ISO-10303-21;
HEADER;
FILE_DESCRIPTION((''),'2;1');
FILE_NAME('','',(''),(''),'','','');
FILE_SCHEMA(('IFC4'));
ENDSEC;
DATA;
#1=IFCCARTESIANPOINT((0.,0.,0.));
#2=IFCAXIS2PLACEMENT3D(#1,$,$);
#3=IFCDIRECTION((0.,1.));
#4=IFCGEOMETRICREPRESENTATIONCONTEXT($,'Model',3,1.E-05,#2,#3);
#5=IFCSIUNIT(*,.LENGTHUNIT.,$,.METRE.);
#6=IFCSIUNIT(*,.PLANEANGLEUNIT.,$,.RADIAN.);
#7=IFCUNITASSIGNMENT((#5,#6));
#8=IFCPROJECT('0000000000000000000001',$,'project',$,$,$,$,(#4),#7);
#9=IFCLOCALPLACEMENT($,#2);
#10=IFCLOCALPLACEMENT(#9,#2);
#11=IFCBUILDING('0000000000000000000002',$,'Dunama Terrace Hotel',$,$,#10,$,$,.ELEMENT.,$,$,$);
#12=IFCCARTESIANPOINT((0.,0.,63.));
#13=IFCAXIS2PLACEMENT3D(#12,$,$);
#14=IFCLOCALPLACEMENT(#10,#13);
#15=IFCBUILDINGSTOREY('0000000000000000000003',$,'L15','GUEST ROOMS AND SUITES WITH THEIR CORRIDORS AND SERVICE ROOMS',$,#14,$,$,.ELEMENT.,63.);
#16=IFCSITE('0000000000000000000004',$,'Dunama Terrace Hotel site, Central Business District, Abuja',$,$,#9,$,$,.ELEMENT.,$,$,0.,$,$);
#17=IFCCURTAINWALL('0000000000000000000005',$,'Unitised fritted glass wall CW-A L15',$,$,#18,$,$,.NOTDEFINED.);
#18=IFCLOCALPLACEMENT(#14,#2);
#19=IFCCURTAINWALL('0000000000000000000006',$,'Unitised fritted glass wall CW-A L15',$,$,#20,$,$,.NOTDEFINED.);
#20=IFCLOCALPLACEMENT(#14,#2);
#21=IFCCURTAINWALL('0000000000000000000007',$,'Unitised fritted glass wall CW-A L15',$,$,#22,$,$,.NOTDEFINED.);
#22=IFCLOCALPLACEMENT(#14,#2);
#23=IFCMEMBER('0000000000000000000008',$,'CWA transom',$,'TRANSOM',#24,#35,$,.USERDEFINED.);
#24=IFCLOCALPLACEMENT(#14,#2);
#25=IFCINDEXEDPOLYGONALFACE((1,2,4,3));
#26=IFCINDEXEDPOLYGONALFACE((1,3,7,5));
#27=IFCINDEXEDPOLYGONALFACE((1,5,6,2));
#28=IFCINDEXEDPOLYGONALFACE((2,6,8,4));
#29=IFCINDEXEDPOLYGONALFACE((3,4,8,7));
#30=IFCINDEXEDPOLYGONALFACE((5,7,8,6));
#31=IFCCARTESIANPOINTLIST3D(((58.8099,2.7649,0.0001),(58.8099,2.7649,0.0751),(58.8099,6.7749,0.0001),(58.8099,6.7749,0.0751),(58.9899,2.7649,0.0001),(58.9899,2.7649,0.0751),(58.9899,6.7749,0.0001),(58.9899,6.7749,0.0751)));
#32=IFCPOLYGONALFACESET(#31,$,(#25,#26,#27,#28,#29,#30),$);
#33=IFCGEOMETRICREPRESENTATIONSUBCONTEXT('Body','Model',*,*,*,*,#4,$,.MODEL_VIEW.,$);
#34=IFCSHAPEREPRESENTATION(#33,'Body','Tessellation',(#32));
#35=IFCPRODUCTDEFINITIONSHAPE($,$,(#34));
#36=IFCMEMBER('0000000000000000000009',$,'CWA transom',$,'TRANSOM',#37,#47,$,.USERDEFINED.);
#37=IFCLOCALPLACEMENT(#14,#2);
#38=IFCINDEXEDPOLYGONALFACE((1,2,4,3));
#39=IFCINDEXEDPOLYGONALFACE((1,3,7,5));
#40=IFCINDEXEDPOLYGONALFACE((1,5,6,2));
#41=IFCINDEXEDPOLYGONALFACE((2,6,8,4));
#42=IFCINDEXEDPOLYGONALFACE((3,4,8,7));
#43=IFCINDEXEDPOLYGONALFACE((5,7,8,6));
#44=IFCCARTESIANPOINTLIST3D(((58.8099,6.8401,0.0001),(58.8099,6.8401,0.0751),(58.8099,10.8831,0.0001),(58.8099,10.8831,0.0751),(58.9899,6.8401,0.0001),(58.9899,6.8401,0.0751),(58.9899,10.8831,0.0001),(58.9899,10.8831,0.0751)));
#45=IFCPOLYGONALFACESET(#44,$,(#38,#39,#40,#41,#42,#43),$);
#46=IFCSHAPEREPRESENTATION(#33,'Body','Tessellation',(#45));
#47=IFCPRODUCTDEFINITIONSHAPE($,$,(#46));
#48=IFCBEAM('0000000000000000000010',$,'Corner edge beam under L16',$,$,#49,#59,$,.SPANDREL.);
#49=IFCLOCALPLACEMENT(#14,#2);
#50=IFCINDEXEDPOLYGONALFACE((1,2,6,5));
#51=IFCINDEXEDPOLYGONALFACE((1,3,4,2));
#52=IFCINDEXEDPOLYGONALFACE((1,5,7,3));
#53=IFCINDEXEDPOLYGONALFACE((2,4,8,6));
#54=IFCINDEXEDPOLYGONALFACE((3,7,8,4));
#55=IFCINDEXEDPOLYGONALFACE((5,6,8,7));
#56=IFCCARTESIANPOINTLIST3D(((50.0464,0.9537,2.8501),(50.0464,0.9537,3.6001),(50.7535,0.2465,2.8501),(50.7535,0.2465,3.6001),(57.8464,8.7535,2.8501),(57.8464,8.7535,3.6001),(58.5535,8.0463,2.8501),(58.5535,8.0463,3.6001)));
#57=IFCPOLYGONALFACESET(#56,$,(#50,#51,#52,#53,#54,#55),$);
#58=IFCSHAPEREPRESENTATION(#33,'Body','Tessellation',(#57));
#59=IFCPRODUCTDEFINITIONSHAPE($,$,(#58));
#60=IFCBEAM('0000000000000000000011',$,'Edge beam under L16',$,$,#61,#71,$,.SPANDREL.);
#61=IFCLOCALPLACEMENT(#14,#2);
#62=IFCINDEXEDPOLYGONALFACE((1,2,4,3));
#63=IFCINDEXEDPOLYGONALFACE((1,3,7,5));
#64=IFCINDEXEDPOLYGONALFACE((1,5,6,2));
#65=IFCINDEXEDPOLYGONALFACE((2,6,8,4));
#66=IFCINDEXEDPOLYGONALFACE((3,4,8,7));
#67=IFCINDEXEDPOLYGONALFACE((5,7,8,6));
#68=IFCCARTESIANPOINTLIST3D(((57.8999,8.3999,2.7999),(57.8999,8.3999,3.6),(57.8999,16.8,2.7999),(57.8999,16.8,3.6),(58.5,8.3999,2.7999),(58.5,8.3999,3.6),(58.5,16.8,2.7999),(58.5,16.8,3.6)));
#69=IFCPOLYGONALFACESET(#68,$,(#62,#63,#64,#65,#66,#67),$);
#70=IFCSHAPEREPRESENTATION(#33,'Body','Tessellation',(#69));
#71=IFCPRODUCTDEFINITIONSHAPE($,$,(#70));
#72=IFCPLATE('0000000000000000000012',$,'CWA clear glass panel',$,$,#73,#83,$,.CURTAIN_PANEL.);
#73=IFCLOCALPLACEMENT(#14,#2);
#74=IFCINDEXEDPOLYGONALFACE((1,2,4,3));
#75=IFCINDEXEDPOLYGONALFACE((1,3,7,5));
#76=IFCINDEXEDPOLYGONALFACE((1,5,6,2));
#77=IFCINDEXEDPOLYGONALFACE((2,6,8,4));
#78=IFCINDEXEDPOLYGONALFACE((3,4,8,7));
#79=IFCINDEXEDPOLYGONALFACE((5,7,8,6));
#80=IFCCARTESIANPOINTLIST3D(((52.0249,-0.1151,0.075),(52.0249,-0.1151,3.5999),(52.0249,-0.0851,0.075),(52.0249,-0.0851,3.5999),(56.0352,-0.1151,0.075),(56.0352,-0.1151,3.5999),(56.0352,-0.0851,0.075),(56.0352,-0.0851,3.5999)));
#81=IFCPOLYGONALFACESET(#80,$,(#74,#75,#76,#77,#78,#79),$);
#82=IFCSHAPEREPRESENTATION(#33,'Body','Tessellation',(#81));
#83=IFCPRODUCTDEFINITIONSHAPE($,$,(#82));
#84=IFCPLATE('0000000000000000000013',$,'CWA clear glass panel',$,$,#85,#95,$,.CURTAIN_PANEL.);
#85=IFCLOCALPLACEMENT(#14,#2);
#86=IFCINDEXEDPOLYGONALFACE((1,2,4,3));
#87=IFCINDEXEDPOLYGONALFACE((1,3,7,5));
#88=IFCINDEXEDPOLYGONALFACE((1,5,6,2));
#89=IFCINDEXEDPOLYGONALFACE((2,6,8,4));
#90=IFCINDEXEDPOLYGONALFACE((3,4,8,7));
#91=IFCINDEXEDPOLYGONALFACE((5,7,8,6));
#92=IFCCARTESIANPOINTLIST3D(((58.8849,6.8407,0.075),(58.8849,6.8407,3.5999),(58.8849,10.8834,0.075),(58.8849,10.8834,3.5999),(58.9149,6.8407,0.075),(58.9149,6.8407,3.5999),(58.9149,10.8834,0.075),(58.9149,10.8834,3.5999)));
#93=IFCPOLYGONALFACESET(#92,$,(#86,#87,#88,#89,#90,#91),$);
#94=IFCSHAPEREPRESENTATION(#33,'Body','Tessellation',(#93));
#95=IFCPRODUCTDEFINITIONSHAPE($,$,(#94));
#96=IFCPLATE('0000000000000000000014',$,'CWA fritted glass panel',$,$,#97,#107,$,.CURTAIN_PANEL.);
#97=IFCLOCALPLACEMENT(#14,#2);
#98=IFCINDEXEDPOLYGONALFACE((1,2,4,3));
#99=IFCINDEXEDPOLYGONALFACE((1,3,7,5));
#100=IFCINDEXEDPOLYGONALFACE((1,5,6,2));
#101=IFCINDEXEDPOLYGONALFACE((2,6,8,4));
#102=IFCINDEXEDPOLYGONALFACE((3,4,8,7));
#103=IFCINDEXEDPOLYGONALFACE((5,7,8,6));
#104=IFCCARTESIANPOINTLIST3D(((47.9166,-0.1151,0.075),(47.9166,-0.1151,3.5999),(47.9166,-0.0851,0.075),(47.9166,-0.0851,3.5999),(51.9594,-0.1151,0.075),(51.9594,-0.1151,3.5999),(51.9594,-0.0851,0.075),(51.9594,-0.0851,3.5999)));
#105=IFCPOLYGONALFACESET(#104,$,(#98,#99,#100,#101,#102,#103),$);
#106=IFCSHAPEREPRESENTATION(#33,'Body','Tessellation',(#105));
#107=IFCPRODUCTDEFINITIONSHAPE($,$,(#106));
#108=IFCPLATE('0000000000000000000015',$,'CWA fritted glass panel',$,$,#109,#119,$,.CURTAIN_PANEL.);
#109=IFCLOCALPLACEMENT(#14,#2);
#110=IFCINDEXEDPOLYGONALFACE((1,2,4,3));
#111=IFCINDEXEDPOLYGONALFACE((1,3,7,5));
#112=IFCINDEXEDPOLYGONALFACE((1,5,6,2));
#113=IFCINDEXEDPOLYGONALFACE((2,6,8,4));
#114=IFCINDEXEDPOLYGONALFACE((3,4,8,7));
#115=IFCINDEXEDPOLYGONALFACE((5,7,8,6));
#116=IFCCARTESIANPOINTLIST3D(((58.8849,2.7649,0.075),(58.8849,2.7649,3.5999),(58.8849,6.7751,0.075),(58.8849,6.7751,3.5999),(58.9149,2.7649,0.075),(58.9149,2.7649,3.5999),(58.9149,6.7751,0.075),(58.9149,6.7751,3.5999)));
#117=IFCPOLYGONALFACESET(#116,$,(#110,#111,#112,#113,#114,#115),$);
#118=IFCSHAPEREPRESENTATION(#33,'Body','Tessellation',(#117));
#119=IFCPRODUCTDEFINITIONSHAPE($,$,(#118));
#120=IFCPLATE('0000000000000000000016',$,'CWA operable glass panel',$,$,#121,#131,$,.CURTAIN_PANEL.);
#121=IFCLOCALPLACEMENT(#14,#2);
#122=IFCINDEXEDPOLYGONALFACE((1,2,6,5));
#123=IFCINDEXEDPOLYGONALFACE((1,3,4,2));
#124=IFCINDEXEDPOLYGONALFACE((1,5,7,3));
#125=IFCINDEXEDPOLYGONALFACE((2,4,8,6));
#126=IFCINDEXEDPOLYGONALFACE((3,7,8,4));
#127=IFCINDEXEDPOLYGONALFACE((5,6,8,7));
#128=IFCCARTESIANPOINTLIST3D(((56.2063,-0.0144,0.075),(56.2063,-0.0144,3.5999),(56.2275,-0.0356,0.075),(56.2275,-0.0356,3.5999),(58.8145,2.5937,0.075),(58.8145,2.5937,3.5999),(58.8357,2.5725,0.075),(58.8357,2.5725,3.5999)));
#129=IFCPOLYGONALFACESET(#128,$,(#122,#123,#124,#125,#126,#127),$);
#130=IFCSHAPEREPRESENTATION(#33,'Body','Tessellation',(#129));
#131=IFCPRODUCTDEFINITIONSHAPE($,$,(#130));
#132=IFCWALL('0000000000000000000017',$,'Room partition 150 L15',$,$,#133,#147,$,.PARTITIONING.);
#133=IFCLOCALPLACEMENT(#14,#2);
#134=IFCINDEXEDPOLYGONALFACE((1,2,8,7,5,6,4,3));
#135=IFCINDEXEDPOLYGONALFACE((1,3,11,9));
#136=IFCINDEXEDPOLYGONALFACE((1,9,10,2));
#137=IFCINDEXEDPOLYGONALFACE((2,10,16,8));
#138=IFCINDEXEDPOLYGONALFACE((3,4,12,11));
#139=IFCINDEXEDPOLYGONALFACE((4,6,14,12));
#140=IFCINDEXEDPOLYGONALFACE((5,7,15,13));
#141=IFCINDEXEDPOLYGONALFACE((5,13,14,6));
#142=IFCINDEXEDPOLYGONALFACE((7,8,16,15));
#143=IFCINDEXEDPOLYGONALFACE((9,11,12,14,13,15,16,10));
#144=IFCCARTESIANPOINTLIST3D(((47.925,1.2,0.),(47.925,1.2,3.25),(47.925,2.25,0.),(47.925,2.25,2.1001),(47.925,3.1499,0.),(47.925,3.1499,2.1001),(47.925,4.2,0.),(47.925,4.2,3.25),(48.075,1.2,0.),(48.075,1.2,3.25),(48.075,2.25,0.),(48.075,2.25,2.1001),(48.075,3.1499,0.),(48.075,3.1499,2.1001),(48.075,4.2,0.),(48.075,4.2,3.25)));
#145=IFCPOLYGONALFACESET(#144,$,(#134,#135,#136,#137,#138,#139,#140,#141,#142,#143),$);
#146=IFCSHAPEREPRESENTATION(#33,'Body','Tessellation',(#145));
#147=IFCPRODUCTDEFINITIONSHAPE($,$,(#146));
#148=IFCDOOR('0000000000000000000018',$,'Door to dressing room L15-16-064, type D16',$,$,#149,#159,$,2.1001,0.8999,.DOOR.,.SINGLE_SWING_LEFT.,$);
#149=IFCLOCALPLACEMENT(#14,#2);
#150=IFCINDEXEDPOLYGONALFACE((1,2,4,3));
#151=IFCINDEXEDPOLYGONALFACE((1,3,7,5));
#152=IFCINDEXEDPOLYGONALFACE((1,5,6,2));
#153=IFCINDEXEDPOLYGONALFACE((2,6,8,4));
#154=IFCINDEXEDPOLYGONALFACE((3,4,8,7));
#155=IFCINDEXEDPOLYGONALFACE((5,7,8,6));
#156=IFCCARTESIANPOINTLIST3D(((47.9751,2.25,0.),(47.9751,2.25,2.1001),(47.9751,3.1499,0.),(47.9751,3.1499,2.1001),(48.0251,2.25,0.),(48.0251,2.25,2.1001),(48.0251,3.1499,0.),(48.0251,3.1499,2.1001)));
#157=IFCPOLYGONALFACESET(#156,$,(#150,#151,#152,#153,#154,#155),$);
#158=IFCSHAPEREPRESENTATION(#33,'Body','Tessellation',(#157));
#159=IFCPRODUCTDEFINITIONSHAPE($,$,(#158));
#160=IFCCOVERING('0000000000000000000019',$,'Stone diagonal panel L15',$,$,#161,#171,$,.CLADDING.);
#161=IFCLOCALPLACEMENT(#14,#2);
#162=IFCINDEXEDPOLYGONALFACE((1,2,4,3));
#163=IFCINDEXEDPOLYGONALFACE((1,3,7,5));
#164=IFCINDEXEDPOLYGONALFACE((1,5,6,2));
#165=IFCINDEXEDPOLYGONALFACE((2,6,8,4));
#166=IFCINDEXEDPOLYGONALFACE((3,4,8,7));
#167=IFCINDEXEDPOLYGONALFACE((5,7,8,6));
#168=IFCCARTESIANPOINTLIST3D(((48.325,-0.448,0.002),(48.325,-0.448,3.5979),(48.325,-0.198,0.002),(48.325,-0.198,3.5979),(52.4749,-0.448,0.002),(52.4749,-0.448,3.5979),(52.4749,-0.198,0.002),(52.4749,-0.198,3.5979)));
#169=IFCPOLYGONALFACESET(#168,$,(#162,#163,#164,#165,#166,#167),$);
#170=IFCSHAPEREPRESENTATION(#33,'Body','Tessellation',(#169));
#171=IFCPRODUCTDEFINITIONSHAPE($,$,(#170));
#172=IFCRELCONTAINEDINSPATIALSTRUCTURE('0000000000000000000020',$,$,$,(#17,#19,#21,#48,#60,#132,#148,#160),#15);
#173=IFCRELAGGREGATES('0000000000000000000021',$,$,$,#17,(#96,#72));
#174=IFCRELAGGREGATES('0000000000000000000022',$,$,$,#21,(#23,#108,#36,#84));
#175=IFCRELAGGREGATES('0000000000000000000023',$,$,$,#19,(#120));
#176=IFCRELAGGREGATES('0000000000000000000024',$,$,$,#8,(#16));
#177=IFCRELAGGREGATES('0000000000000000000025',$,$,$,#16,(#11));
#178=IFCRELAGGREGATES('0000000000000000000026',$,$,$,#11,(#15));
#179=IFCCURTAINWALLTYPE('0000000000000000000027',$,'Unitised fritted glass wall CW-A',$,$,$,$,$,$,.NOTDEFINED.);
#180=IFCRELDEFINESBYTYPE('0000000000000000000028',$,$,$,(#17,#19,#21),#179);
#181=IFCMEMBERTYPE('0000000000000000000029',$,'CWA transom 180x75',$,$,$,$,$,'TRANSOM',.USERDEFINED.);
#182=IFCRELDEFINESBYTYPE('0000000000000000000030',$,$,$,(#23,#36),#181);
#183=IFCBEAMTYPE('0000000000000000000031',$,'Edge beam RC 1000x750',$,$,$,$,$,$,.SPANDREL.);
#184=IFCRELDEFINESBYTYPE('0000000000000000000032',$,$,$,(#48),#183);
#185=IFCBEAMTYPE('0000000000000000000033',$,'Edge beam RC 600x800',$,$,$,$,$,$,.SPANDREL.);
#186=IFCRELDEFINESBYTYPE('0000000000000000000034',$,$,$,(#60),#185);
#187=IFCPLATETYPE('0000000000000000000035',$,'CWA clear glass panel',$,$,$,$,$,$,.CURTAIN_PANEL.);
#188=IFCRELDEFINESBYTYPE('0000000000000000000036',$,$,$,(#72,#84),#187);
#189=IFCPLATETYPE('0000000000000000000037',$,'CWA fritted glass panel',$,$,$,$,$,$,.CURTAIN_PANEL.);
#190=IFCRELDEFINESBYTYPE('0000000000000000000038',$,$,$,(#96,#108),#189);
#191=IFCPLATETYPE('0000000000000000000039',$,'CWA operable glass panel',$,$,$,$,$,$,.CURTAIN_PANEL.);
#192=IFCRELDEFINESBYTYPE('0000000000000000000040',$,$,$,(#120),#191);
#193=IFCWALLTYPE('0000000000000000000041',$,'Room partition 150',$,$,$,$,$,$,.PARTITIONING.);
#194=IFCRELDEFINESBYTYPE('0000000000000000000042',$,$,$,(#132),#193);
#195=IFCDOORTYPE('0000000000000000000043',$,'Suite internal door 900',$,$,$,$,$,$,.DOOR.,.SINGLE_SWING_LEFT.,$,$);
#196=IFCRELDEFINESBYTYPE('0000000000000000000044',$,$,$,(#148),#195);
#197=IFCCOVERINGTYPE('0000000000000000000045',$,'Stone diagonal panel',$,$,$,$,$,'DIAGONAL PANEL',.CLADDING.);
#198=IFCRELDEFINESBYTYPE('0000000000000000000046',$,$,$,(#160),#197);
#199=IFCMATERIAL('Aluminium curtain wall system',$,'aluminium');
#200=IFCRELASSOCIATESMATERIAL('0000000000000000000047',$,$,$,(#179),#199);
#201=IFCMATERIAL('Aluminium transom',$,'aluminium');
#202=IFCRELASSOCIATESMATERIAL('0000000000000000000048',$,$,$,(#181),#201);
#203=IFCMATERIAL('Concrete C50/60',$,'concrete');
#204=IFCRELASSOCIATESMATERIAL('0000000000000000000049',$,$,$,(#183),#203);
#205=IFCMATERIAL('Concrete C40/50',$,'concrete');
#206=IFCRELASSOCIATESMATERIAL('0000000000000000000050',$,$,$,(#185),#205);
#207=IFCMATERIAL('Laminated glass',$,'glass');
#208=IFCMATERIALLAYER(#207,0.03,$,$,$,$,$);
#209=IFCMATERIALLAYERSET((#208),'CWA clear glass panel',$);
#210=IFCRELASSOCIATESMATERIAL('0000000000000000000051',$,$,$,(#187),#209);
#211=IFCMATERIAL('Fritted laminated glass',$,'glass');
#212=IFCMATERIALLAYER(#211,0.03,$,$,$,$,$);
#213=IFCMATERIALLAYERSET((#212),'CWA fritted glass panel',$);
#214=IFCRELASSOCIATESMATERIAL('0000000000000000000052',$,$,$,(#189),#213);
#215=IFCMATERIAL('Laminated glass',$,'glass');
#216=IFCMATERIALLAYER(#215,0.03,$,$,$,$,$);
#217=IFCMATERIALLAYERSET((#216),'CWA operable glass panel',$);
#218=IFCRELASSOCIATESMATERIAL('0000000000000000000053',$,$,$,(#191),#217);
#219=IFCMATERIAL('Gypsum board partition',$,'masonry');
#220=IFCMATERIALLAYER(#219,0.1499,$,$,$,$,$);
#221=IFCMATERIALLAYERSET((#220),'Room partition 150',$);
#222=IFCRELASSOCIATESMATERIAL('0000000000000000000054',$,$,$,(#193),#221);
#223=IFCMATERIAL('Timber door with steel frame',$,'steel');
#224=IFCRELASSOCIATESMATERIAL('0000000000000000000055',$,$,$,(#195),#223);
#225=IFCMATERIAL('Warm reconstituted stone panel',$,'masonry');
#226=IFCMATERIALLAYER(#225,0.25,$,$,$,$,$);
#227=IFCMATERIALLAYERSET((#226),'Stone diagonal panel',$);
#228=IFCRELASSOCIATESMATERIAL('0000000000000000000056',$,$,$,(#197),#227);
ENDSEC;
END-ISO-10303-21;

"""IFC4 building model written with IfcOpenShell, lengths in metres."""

from ifc_helpers import new_model, si_unit, direction, frame, frame_2d, origin, origin_2d, place, context, subcontext, project, spatial, rectangle, extrude, material, layer, layer_set, material_profile, profile_set, type_object, element, fill, aggregate, save


model = new_model("IFC4")

# Units and contexts
model_context = context("Model", 3, precision=1e-05, world=origin(), true_north=direction((0.0, 1.0)))
body_context = subcontext(model_context, "Body", "Model", "MODEL_VIEW")
ifc_project = project(units=[si_unit("LENGTHUNIT", "METRE"), si_unit("PLANEANGLEUNIT", "RADIAN")], contexts=[model_context])

# Site, building, storey
site_placement = place(None, origin())
site = spatial("IfcSite", under=ifc_project, at=site_placement, Name="Dunama Terrace Hotel site, Central Business District, Abuja", CompositionType="ELEMENT", RefElevation=0.0)
building_placement = place(site_placement, origin())
building = spatial("IfcBuilding", under=site, at=building_placement, Name="Dunama Terrace Hotel", CompositionType="ELEMENT")
storey_placement = place(building_placement, frame((0.0, 0.0, 63.0)))
storey = spatial("IfcBuildingStorey", under=building, at=storey_placement, Name="L15", Description="GUEST ROOMS AND SUITES WITH THEIR CORRIDORS AND SERVICE ROOMS", CompositionType="ELEMENT", Elevation=63.0)

# Curtain walls
ifc_material_1 = material(Name="Aluminium curtain wall system", Category="aluminium")
curtain_wall_type = type_object("IfcCurtainWallType", Name="Unitised fritted glass wall CW-A", PredefinedType="NOTDEFINED", material=ifc_material_1)
curtain_wall_1_placement = place(storey_placement, origin())
curtain_wall_1 = element("IfcCurtainWall", 1, at=curtain_wall_1_placement, inside=storey, type_object=curtain_wall_type, Name="Unitised fritted glass wall CW-A L15", PredefinedType="NOTDEFINED")
curtain_wall_2_placement = place(storey_placement, origin())
curtain_wall_2 = element("IfcCurtainWall", 2, at=curtain_wall_2_placement, inside=storey, type_object=curtain_wall_type, Name="Unitised fritted glass wall CW-A L15", PredefinedType="NOTDEFINED")
curtain_wall_3_placement = place(storey_placement, origin())
curtain_wall_3 = element("IfcCurtainWall", 3, at=curtain_wall_3_placement, inside=storey, type_object=curtain_wall_type, Name="Unitised fritted glass wall CW-A L15", PredefinedType="NOTDEFINED")

# Members
ifc_material_2 = material(Name="Aluminium transom", Category="aluminium")
ifc_material_profile_1 = material_profile(ifc_material_2, rectangle(XDim=0.1799, YDim=0.075, at=origin_2d()), Name="CWA TRANSOM 180X75")
ifc_profile_set_1 = profile_set([ifc_material_profile_1], Name="Aluminium transom")
member_type_1 = type_object("IfcMemberType", Name="CWA transom 180x75", ElementType="TRANSOM", PredefinedType="USERDEFINED", material=ifc_profile_set_1)
member_1_placement = place(storey_placement, frame((58.8999, 2.7649, 0.0376), z_axis=(0.0, 1.0, 0.0), x_axis=(-1.0, 0.0, 0.0)))
member_1 = element("IfcMember", 4, at=member_1_placement, type_object=member_type_1, Name="CWA transom", ObjectType="TRANSOM", PredefinedType="USERDEFINED", context=body_context, shape_type="SweptSolid", body=[
    extrude(rectangle(XDim=0.1799, YDim=0.075, at=origin_2d()), origin(), (0.0, 0.0, 1.0), 4.01),
])
member_2_placement = place(storey_placement, frame((58.8999, 6.8401, 0.0376), z_axis=(0.0, 1.0, 0.0), x_axis=(-1.0, 0.0, 0.0)))
member_2 = element("IfcMember", 5, at=member_2_placement, type_object=member_type_1, Name="CWA transom", ObjectType="TRANSOM", PredefinedType="USERDEFINED", context=body_context, shape_type="SweptSolid", body=[
    extrude(rectangle(XDim=0.1799, YDim=0.075, at=origin_2d()), origin(), (0.0, 0.0, 1.0), 4.043),
])

# Beams
ifc_material_3 = material(Name="Concrete C50/60", Category="concrete")
ifc_material_profile_2 = material_profile(ifc_material_3, rectangle(XDim=1.0, YDim=0.75, at=origin_2d()), Name="RC 1000x750")
ifc_profile_set_2 = profile_set([ifc_material_profile_2], Name="Concrete C50/60")
beam_type_1 = type_object("IfcBeamType", Name="Edge beam RC 1000x750", PredefinedType="SPANDREL", material=ifc_profile_set_2)
beam_1_placement = place(storey_placement, frame((50.3999, 0.6001, 3.2251), z_axis=(0.707118, 0.707096, 0.0), x_axis=(-0.707096, 0.707118, 0.0)))
element("IfcBeam", 6, at=beam_1_placement, inside=storey, type_object=beam_type_1, Name="Corner edge beam under L16", PredefinedType="SPANDREL", context=body_context, shape_type="SweptSolid", body=[
    extrude(rectangle(XDim=1.0, YDim=0.75, at=origin_2d()), origin(), (0.0, 0.0, 1.0), 11.0308),
])
ifc_material_4 = material(Name="Concrete C40/50", Category="concrete")
ifc_material_profile_3 = material_profile(ifc_material_4, rectangle(XDim=0.6001, YDim=0.8, at=origin_2d()), Name="RC 600x800")
ifc_profile_set_3 = profile_set([ifc_material_profile_3], Name="Concrete C40/50")
beam_type_2 = type_object("IfcBeamType", Name="Edge beam RC 600x800", PredefinedType="SPANDREL", material=ifc_profile_set_3)
beam_2_placement = place(storey_placement, frame((58.2, 8.3999, 3.2), z_axis=(0.0, 1.0, 0.0), x_axis=(-1.0, 0.0, 0.0)))
element("IfcBeam", 7, at=beam_2_placement, inside=storey, type_object=beam_type_2, Name="Edge beam under L16", PredefinedType="SPANDREL", context=body_context, shape_type="SweptSolid", body=[
    extrude(rectangle(XDim=0.6001, YDim=0.8, at=origin_2d()), origin(), (0.0, 0.0, 1.0), 8.4001),
])

# Plates
ifc_material_5 = material(Name="Laminated glass", Category="glass")
ifc_layer_1 = layer(ifc_material_5, 0.03)
ifc_layer_set_1 = layer_set([ifc_layer_1], Name="CWA clear glass panel")
plate_type_1 = type_object("IfcPlateType", Name="CWA clear glass panel", PredefinedType="CURTAIN_PANEL", material=ifc_layer_set_1)
plate_1_placement = place(storey_placement, frame((54.03, -0.1001, 0.075), z_axis=(0.0, 0.0, 1.0), x_axis=(1.0, 0.0, 0.0)))
plate_1 = element("IfcPlate", 8, at=plate_1_placement, type_object=plate_type_1, Name="CWA clear glass panel", PredefinedType="CURTAIN_PANEL", context=body_context, shape_type="SweptSolid", body=[
    extrude(rectangle(XDim=4.0103, YDim=0.03, at=origin_2d()), origin(), (0.0, 0.0, 1.0), 3.5249),
])
plate_2_placement = place(storey_placement, frame((58.8999, 8.8621, 0.075), z_axis=(0.0, 0.0, 1.0), x_axis=(0.0, 1.0, 0.0)))
plate_2 = element("IfcPlate", 9, at=plate_2_placement, type_object=plate_type_1, Name="CWA clear glass panel", PredefinedType="CURTAIN_PANEL", context=body_context, shape_type="SweptSolid", body=[
    extrude(rectangle(XDim=4.0427, YDim=0.03, at=origin_2d()), origin(), (0.0, 0.0, 1.0), 3.5249),
])
ifc_material_6 = material(Name="Fritted laminated glass", Category="glass")
ifc_layer_2 = layer(ifc_material_6, 0.03)
ifc_layer_set_2 = layer_set([ifc_layer_2], Name="CWA fritted glass panel")
plate_type_2 = type_object("IfcPlateType", Name="CWA fritted glass panel", PredefinedType="CURTAIN_PANEL", material=ifc_layer_set_2)
plate_3_placement = place(storey_placement, frame((49.938, -0.1001, 0.075), z_axis=(0.0, 0.0, 1.0), x_axis=(1.0, 0.0, 0.0)))
plate_3 = element("IfcPlate", 10, at=plate_3_placement, type_object=plate_type_2, Name="CWA fritted glass panel", PredefinedType="CURTAIN_PANEL", context=body_context, shape_type="SweptSolid", body=[
    extrude(rectangle(XDim=4.0427, YDim=0.03, at=origin_2d()), origin(), (0.0, 0.0, 1.0), 3.5249),
])
aggregate(curtain_wall_1, [plate_3, plate_1])
plate_4_placement = place(storey_placement, frame((58.8999, 4.77, 0.075), z_axis=(0.0, 0.0, 1.0), x_axis=(0.0, 1.0, 0.0)))
plate_4 = element("IfcPlate", 11, at=plate_4_placement, type_object=plate_type_2, Name="CWA fritted glass panel", PredefinedType="CURTAIN_PANEL", context=body_context, shape_type="SweptSolid", body=[
    extrude(rectangle(XDim=4.0103, YDim=0.03, at=origin_2d()), origin(), (0.0, 0.0, 1.0), 3.5249),
])
aggregate(curtain_wall_3, [member_1, plate_4, member_2, plate_2])
ifc_material_7 = material(Name="Laminated glass", Category="glass")
ifc_layer_3 = layer(ifc_material_7, 0.03)
ifc_layer_set_3 = layer_set([ifc_layer_3], Name="CWA operable glass panel")
plate_type_3 = type_object("IfcPlateType", Name="CWA operable glass panel", PredefinedType="CURTAIN_PANEL", material=ifc_layer_set_3)
plate_5_placement = place(storey_placement, frame((57.521, 1.2791, 0.075), z_axis=(0.0, 0.0, 1.0), x_axis=(0.707107, 0.707107, 0.0)))
plate_5 = element("IfcPlate", 12, at=plate_5_placement, type_object=plate_type_3, Name="CWA operable glass panel", PredefinedType="CURTAIN_PANEL", context=body_context, shape_type="SweptSolid", body=[
    extrude(rectangle(XDim=3.6885, YDim=0.03, at=origin_2d()), origin(), (0.0, 0.0, 1.0), 3.5249),
])
aggregate(curtain_wall_2, [plate_5])

# Wall, opening, door
ifc_material_8 = material(Name="Gypsum board partition", Category="masonry")
ifc_layer_4 = layer(ifc_material_8, 0.1499)
ifc_layer_set_4 = layer_set([ifc_layer_4], Name="Room partition 150")
wall_type = type_object("IfcWallType", Name="Room partition 150", PredefinedType="PARTITIONING", material=ifc_layer_set_4)
wall_placement = place(storey_placement, frame((48.0, 1.2, 0.0), z_axis=(0.0, 0.0, 1.0), x_axis=(0.0, 1.0, 0.0)))
wall = element("IfcWall", 13, at=wall_placement, inside=storey, type_object=wall_type, Name="Room partition 150 L15", PredefinedType="PARTITIONING", context=body_context, shape_type="SweptSolid", body=[
    extrude(rectangle(XDim=3.0, YDim=0.1499, at=frame_2d((1.5, 0.0))), origin(), (0.0, 0.0, 1.0), 3.25),
])
opening_placement = place(wall_placement, frame((1.05, 0.0, 0.0)))
opening = element("IfcOpeningElement", 14, at=opening_placement, cuts=wall, PredefinedType="OPENING", context=body_context, shape_type="SweptSolid", body=[
    extrude(rectangle(XDim=0.8999, YDim=2.1001, at=frame_2d((0.45, 1.05))), frame((0.0, 0.085, 0.0), z_axis=(0.0, -1.0, 0.0), x_axis=(1.0, 0.0, 0.0)), (0.0, 0.0, 1.0), 0.1699),
])
ifc_material_9 = material(Name="Timber door with steel frame", Category="steel")
door_type = type_object("IfcDoorType", Name="Suite internal door 900", OperationType="SINGLE_SWING_LEFT", PredefinedType="DOOR", material=ifc_material_9)
door_placement = place(opening_placement, origin())
door = element("IfcDoor", 15, at=door_placement, inside=storey, type_object=door_type, Name="Door to dressing room L15-16-064, type D16", OperationType="SINGLE_SWING_LEFT", OverallHeight=2.1001, OverallWidth=0.8999, PredefinedType="DOOR", context=body_context, shape_type="SweptSolid", body=[
    extrude(rectangle(XDim=0.8999, YDim=2.1001, at=frame_2d((0.45, 1.05))), frame((0.0, 0.0249, 0.0), z_axis=(0.0, -1.0, 0.0), x_axis=(1.0, 0.0, 0.0)), (0.0, 0.0, 1.0), 0.05),
])
fill(opening, door)

# Covering
ifc_material_10 = material(Name="Warm reconstituted stone panel", Category="masonry")
ifc_layer_5 = layer(ifc_material_10, 0.25)
ifc_layer_set_5 = layer_set([ifc_layer_5], Name="Stone diagonal panel")
covering_type = type_object("IfcCoveringType", Name="Stone diagonal panel", ElementType="DIAGONAL PANEL", PredefinedType="CLADDING", material=ifc_layer_set_5)
covering_1_placement = place(storey_placement, frame((50.3999, -0.323, 0.002), z_axis=(0.0, 0.0, 1.0), x_axis=(1.0, 0.0, 0.0)))
element("IfcCovering", 16, at=covering_1_placement, inside=storey, type_object=covering_type, Name="Stone diagonal panel L15", PredefinedType="CLADDING", context=body_context, shape_type="SweptSolid", body=[
    extrude(rectangle(XDim=4.1499, YDim=0.25, at=origin_2d()), origin(), (0.0, 0.0, 1.0), 3.5959),
])

save(model, "model.ifc")
